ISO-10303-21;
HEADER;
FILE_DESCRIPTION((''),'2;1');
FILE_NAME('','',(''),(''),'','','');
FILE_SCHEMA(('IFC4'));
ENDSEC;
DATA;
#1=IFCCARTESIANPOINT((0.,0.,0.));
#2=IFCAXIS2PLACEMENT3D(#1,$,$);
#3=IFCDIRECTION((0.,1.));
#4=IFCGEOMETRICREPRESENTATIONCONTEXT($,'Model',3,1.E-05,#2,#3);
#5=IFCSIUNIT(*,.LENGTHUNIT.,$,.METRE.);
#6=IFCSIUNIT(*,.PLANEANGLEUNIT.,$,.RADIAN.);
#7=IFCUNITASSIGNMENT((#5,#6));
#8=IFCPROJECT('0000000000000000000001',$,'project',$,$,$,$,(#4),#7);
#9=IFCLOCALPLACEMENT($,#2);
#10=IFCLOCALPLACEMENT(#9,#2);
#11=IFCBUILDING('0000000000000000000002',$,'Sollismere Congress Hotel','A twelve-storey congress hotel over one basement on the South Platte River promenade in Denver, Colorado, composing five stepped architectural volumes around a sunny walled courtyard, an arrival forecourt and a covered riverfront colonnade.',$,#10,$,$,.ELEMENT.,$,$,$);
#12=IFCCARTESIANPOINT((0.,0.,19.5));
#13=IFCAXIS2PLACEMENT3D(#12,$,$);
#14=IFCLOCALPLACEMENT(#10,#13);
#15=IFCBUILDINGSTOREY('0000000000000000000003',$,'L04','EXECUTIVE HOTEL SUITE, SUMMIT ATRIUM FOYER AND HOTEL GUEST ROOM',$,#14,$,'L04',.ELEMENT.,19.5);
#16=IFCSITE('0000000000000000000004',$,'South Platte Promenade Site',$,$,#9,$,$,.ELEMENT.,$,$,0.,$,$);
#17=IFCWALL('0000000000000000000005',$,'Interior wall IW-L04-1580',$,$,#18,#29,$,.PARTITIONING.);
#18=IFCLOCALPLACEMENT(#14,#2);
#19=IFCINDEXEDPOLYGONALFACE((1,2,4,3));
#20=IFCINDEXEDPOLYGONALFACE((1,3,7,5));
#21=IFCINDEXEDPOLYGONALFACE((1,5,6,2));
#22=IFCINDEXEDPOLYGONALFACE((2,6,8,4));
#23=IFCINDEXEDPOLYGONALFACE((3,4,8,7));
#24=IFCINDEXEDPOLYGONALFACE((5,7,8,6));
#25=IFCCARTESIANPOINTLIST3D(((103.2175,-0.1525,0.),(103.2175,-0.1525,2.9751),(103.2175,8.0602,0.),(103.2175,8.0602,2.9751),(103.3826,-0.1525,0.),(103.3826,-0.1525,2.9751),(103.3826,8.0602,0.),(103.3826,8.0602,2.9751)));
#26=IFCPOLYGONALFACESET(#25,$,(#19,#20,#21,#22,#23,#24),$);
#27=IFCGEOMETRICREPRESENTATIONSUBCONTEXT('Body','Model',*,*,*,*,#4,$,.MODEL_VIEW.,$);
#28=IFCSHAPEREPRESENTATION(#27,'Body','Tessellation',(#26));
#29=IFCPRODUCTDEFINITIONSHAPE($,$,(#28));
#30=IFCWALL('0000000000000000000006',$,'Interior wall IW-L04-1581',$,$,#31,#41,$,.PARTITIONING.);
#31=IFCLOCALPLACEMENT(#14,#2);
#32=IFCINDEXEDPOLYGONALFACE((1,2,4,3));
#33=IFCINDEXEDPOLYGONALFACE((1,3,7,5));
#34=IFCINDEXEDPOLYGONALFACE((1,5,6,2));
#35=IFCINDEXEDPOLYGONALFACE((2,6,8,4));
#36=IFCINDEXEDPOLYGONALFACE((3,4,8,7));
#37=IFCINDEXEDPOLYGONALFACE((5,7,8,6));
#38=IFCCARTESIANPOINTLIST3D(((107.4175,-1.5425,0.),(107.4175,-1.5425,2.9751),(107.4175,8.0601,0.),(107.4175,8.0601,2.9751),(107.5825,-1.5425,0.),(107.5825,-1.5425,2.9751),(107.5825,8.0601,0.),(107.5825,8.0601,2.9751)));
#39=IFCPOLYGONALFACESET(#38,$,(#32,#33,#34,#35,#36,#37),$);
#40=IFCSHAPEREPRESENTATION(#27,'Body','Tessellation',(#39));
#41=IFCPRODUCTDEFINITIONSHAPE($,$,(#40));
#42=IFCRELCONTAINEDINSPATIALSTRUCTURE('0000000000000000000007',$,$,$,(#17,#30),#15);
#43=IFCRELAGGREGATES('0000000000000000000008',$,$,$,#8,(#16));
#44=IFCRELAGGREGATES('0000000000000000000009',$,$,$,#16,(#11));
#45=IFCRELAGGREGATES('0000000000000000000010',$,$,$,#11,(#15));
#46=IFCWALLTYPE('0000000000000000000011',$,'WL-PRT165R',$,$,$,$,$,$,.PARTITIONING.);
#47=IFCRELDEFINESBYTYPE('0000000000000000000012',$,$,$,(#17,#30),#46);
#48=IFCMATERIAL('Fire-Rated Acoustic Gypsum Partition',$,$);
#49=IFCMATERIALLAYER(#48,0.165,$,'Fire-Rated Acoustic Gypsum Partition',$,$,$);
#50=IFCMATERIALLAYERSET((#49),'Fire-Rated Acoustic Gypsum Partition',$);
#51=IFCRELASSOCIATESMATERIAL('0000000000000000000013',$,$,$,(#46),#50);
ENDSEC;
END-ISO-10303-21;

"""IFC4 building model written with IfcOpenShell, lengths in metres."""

from ifc_helpers import new_model, si_unit, direction, frame, frame_2d, origin, place, context, subcontext, project, spatial, rectangle, extrude, material, layer, layer_set, type_object, element, save


model = new_model("IFC4")

# Units and contexts
model_context = context("Model", 3, precision=1e-05, world=origin(), true_north=direction((0.0, 1.0)))
body_context = subcontext(model_context, "Body", "Model", "MODEL_VIEW")
ifc_project = project(units=[si_unit("LENGTHUNIT", "METRE"), si_unit("PLANEANGLEUNIT", "RADIAN")], contexts=[model_context])

# Site, building, storey
site_placement = place(None, origin())
site = spatial("IfcSite", under=ifc_project, at=site_placement, Name="South Platte Promenade Site", CompositionType="ELEMENT", RefElevation=0.0)
building_placement = place(site_placement, origin())
building = spatial("IfcBuilding", under=site, at=building_placement, Name="Sollismere Congress Hotel", Description="A twelve-storey congress hotel over one basement on the South Platte River promenade in Denver, Colorado, composing five stepped architectural volumes around a sunny walled courtyard, an arrival forecourt and a covered riverfront colonnade.", CompositionType="ELEMENT")
storey_placement = place(building_placement, frame((0.0, 0.0, 19.5)))
storey = spatial("IfcBuildingStorey", under=building, at=storey_placement, Name="L04", Description="EXECUTIVE HOTEL SUITE, SUMMIT ATRIUM FOYER AND HOTEL GUEST ROOM", LongName="L04", CompositionType="ELEMENT", Elevation=19.5)

# Walls
ifc_material_1 = material(Name="Fire-Rated Acoustic Gypsum Partition")
ifc_layer_1 = layer(ifc_material_1, 0.165, Name="Fire-Rated Acoustic Gypsum Partition")
ifc_layer_set_1 = layer_set([ifc_layer_1], Name="Fire-Rated Acoustic Gypsum Partition")
wall_type_1 = type_object("IfcWallType", Name="WL-PRT165R", PredefinedType="PARTITIONING", material=ifc_layer_set_1)
wall_1_placement = place(storey_placement, frame((103.3, -0.1526, 0.0), z_axis=(0.0, 0.0, 1.0), x_axis=(0.0, 1.0, 0.0)))
element("IfcWall", 1, at=wall_1_placement, inside=storey, type_object=wall_type_1, Name="Interior wall IW-L04-1580", PredefinedType="PARTITIONING", context=body_context, shape_type="SweptSolid", body=[
    extrude(rectangle(XDim=8.2126, YDim=0.165, at=frame_2d((4.1064, 0.0))), origin(), (0.0, 0.0, 1.0), 2.9751),
])
wall_2_placement = place(storey_placement, frame((107.5, -1.5425, 0.0), z_axis=(0.0, 0.0, 1.0), x_axis=(0.0, 1.0, 0.0)))
element("IfcWall", 2, at=wall_2_placement, inside=storey, type_object=wall_type_1, Name="Interior wall IW-L04-1581", PredefinedType="PARTITIONING", context=body_context, shape_type="SweptSolid", body=[
    extrude(rectangle(XDim=9.6025, YDim=0.165, at=frame_2d((4.8013, 0.0))), origin(), (0.0, 0.0, 1.0), 2.9751),
])

save(model, "model.ifc")
